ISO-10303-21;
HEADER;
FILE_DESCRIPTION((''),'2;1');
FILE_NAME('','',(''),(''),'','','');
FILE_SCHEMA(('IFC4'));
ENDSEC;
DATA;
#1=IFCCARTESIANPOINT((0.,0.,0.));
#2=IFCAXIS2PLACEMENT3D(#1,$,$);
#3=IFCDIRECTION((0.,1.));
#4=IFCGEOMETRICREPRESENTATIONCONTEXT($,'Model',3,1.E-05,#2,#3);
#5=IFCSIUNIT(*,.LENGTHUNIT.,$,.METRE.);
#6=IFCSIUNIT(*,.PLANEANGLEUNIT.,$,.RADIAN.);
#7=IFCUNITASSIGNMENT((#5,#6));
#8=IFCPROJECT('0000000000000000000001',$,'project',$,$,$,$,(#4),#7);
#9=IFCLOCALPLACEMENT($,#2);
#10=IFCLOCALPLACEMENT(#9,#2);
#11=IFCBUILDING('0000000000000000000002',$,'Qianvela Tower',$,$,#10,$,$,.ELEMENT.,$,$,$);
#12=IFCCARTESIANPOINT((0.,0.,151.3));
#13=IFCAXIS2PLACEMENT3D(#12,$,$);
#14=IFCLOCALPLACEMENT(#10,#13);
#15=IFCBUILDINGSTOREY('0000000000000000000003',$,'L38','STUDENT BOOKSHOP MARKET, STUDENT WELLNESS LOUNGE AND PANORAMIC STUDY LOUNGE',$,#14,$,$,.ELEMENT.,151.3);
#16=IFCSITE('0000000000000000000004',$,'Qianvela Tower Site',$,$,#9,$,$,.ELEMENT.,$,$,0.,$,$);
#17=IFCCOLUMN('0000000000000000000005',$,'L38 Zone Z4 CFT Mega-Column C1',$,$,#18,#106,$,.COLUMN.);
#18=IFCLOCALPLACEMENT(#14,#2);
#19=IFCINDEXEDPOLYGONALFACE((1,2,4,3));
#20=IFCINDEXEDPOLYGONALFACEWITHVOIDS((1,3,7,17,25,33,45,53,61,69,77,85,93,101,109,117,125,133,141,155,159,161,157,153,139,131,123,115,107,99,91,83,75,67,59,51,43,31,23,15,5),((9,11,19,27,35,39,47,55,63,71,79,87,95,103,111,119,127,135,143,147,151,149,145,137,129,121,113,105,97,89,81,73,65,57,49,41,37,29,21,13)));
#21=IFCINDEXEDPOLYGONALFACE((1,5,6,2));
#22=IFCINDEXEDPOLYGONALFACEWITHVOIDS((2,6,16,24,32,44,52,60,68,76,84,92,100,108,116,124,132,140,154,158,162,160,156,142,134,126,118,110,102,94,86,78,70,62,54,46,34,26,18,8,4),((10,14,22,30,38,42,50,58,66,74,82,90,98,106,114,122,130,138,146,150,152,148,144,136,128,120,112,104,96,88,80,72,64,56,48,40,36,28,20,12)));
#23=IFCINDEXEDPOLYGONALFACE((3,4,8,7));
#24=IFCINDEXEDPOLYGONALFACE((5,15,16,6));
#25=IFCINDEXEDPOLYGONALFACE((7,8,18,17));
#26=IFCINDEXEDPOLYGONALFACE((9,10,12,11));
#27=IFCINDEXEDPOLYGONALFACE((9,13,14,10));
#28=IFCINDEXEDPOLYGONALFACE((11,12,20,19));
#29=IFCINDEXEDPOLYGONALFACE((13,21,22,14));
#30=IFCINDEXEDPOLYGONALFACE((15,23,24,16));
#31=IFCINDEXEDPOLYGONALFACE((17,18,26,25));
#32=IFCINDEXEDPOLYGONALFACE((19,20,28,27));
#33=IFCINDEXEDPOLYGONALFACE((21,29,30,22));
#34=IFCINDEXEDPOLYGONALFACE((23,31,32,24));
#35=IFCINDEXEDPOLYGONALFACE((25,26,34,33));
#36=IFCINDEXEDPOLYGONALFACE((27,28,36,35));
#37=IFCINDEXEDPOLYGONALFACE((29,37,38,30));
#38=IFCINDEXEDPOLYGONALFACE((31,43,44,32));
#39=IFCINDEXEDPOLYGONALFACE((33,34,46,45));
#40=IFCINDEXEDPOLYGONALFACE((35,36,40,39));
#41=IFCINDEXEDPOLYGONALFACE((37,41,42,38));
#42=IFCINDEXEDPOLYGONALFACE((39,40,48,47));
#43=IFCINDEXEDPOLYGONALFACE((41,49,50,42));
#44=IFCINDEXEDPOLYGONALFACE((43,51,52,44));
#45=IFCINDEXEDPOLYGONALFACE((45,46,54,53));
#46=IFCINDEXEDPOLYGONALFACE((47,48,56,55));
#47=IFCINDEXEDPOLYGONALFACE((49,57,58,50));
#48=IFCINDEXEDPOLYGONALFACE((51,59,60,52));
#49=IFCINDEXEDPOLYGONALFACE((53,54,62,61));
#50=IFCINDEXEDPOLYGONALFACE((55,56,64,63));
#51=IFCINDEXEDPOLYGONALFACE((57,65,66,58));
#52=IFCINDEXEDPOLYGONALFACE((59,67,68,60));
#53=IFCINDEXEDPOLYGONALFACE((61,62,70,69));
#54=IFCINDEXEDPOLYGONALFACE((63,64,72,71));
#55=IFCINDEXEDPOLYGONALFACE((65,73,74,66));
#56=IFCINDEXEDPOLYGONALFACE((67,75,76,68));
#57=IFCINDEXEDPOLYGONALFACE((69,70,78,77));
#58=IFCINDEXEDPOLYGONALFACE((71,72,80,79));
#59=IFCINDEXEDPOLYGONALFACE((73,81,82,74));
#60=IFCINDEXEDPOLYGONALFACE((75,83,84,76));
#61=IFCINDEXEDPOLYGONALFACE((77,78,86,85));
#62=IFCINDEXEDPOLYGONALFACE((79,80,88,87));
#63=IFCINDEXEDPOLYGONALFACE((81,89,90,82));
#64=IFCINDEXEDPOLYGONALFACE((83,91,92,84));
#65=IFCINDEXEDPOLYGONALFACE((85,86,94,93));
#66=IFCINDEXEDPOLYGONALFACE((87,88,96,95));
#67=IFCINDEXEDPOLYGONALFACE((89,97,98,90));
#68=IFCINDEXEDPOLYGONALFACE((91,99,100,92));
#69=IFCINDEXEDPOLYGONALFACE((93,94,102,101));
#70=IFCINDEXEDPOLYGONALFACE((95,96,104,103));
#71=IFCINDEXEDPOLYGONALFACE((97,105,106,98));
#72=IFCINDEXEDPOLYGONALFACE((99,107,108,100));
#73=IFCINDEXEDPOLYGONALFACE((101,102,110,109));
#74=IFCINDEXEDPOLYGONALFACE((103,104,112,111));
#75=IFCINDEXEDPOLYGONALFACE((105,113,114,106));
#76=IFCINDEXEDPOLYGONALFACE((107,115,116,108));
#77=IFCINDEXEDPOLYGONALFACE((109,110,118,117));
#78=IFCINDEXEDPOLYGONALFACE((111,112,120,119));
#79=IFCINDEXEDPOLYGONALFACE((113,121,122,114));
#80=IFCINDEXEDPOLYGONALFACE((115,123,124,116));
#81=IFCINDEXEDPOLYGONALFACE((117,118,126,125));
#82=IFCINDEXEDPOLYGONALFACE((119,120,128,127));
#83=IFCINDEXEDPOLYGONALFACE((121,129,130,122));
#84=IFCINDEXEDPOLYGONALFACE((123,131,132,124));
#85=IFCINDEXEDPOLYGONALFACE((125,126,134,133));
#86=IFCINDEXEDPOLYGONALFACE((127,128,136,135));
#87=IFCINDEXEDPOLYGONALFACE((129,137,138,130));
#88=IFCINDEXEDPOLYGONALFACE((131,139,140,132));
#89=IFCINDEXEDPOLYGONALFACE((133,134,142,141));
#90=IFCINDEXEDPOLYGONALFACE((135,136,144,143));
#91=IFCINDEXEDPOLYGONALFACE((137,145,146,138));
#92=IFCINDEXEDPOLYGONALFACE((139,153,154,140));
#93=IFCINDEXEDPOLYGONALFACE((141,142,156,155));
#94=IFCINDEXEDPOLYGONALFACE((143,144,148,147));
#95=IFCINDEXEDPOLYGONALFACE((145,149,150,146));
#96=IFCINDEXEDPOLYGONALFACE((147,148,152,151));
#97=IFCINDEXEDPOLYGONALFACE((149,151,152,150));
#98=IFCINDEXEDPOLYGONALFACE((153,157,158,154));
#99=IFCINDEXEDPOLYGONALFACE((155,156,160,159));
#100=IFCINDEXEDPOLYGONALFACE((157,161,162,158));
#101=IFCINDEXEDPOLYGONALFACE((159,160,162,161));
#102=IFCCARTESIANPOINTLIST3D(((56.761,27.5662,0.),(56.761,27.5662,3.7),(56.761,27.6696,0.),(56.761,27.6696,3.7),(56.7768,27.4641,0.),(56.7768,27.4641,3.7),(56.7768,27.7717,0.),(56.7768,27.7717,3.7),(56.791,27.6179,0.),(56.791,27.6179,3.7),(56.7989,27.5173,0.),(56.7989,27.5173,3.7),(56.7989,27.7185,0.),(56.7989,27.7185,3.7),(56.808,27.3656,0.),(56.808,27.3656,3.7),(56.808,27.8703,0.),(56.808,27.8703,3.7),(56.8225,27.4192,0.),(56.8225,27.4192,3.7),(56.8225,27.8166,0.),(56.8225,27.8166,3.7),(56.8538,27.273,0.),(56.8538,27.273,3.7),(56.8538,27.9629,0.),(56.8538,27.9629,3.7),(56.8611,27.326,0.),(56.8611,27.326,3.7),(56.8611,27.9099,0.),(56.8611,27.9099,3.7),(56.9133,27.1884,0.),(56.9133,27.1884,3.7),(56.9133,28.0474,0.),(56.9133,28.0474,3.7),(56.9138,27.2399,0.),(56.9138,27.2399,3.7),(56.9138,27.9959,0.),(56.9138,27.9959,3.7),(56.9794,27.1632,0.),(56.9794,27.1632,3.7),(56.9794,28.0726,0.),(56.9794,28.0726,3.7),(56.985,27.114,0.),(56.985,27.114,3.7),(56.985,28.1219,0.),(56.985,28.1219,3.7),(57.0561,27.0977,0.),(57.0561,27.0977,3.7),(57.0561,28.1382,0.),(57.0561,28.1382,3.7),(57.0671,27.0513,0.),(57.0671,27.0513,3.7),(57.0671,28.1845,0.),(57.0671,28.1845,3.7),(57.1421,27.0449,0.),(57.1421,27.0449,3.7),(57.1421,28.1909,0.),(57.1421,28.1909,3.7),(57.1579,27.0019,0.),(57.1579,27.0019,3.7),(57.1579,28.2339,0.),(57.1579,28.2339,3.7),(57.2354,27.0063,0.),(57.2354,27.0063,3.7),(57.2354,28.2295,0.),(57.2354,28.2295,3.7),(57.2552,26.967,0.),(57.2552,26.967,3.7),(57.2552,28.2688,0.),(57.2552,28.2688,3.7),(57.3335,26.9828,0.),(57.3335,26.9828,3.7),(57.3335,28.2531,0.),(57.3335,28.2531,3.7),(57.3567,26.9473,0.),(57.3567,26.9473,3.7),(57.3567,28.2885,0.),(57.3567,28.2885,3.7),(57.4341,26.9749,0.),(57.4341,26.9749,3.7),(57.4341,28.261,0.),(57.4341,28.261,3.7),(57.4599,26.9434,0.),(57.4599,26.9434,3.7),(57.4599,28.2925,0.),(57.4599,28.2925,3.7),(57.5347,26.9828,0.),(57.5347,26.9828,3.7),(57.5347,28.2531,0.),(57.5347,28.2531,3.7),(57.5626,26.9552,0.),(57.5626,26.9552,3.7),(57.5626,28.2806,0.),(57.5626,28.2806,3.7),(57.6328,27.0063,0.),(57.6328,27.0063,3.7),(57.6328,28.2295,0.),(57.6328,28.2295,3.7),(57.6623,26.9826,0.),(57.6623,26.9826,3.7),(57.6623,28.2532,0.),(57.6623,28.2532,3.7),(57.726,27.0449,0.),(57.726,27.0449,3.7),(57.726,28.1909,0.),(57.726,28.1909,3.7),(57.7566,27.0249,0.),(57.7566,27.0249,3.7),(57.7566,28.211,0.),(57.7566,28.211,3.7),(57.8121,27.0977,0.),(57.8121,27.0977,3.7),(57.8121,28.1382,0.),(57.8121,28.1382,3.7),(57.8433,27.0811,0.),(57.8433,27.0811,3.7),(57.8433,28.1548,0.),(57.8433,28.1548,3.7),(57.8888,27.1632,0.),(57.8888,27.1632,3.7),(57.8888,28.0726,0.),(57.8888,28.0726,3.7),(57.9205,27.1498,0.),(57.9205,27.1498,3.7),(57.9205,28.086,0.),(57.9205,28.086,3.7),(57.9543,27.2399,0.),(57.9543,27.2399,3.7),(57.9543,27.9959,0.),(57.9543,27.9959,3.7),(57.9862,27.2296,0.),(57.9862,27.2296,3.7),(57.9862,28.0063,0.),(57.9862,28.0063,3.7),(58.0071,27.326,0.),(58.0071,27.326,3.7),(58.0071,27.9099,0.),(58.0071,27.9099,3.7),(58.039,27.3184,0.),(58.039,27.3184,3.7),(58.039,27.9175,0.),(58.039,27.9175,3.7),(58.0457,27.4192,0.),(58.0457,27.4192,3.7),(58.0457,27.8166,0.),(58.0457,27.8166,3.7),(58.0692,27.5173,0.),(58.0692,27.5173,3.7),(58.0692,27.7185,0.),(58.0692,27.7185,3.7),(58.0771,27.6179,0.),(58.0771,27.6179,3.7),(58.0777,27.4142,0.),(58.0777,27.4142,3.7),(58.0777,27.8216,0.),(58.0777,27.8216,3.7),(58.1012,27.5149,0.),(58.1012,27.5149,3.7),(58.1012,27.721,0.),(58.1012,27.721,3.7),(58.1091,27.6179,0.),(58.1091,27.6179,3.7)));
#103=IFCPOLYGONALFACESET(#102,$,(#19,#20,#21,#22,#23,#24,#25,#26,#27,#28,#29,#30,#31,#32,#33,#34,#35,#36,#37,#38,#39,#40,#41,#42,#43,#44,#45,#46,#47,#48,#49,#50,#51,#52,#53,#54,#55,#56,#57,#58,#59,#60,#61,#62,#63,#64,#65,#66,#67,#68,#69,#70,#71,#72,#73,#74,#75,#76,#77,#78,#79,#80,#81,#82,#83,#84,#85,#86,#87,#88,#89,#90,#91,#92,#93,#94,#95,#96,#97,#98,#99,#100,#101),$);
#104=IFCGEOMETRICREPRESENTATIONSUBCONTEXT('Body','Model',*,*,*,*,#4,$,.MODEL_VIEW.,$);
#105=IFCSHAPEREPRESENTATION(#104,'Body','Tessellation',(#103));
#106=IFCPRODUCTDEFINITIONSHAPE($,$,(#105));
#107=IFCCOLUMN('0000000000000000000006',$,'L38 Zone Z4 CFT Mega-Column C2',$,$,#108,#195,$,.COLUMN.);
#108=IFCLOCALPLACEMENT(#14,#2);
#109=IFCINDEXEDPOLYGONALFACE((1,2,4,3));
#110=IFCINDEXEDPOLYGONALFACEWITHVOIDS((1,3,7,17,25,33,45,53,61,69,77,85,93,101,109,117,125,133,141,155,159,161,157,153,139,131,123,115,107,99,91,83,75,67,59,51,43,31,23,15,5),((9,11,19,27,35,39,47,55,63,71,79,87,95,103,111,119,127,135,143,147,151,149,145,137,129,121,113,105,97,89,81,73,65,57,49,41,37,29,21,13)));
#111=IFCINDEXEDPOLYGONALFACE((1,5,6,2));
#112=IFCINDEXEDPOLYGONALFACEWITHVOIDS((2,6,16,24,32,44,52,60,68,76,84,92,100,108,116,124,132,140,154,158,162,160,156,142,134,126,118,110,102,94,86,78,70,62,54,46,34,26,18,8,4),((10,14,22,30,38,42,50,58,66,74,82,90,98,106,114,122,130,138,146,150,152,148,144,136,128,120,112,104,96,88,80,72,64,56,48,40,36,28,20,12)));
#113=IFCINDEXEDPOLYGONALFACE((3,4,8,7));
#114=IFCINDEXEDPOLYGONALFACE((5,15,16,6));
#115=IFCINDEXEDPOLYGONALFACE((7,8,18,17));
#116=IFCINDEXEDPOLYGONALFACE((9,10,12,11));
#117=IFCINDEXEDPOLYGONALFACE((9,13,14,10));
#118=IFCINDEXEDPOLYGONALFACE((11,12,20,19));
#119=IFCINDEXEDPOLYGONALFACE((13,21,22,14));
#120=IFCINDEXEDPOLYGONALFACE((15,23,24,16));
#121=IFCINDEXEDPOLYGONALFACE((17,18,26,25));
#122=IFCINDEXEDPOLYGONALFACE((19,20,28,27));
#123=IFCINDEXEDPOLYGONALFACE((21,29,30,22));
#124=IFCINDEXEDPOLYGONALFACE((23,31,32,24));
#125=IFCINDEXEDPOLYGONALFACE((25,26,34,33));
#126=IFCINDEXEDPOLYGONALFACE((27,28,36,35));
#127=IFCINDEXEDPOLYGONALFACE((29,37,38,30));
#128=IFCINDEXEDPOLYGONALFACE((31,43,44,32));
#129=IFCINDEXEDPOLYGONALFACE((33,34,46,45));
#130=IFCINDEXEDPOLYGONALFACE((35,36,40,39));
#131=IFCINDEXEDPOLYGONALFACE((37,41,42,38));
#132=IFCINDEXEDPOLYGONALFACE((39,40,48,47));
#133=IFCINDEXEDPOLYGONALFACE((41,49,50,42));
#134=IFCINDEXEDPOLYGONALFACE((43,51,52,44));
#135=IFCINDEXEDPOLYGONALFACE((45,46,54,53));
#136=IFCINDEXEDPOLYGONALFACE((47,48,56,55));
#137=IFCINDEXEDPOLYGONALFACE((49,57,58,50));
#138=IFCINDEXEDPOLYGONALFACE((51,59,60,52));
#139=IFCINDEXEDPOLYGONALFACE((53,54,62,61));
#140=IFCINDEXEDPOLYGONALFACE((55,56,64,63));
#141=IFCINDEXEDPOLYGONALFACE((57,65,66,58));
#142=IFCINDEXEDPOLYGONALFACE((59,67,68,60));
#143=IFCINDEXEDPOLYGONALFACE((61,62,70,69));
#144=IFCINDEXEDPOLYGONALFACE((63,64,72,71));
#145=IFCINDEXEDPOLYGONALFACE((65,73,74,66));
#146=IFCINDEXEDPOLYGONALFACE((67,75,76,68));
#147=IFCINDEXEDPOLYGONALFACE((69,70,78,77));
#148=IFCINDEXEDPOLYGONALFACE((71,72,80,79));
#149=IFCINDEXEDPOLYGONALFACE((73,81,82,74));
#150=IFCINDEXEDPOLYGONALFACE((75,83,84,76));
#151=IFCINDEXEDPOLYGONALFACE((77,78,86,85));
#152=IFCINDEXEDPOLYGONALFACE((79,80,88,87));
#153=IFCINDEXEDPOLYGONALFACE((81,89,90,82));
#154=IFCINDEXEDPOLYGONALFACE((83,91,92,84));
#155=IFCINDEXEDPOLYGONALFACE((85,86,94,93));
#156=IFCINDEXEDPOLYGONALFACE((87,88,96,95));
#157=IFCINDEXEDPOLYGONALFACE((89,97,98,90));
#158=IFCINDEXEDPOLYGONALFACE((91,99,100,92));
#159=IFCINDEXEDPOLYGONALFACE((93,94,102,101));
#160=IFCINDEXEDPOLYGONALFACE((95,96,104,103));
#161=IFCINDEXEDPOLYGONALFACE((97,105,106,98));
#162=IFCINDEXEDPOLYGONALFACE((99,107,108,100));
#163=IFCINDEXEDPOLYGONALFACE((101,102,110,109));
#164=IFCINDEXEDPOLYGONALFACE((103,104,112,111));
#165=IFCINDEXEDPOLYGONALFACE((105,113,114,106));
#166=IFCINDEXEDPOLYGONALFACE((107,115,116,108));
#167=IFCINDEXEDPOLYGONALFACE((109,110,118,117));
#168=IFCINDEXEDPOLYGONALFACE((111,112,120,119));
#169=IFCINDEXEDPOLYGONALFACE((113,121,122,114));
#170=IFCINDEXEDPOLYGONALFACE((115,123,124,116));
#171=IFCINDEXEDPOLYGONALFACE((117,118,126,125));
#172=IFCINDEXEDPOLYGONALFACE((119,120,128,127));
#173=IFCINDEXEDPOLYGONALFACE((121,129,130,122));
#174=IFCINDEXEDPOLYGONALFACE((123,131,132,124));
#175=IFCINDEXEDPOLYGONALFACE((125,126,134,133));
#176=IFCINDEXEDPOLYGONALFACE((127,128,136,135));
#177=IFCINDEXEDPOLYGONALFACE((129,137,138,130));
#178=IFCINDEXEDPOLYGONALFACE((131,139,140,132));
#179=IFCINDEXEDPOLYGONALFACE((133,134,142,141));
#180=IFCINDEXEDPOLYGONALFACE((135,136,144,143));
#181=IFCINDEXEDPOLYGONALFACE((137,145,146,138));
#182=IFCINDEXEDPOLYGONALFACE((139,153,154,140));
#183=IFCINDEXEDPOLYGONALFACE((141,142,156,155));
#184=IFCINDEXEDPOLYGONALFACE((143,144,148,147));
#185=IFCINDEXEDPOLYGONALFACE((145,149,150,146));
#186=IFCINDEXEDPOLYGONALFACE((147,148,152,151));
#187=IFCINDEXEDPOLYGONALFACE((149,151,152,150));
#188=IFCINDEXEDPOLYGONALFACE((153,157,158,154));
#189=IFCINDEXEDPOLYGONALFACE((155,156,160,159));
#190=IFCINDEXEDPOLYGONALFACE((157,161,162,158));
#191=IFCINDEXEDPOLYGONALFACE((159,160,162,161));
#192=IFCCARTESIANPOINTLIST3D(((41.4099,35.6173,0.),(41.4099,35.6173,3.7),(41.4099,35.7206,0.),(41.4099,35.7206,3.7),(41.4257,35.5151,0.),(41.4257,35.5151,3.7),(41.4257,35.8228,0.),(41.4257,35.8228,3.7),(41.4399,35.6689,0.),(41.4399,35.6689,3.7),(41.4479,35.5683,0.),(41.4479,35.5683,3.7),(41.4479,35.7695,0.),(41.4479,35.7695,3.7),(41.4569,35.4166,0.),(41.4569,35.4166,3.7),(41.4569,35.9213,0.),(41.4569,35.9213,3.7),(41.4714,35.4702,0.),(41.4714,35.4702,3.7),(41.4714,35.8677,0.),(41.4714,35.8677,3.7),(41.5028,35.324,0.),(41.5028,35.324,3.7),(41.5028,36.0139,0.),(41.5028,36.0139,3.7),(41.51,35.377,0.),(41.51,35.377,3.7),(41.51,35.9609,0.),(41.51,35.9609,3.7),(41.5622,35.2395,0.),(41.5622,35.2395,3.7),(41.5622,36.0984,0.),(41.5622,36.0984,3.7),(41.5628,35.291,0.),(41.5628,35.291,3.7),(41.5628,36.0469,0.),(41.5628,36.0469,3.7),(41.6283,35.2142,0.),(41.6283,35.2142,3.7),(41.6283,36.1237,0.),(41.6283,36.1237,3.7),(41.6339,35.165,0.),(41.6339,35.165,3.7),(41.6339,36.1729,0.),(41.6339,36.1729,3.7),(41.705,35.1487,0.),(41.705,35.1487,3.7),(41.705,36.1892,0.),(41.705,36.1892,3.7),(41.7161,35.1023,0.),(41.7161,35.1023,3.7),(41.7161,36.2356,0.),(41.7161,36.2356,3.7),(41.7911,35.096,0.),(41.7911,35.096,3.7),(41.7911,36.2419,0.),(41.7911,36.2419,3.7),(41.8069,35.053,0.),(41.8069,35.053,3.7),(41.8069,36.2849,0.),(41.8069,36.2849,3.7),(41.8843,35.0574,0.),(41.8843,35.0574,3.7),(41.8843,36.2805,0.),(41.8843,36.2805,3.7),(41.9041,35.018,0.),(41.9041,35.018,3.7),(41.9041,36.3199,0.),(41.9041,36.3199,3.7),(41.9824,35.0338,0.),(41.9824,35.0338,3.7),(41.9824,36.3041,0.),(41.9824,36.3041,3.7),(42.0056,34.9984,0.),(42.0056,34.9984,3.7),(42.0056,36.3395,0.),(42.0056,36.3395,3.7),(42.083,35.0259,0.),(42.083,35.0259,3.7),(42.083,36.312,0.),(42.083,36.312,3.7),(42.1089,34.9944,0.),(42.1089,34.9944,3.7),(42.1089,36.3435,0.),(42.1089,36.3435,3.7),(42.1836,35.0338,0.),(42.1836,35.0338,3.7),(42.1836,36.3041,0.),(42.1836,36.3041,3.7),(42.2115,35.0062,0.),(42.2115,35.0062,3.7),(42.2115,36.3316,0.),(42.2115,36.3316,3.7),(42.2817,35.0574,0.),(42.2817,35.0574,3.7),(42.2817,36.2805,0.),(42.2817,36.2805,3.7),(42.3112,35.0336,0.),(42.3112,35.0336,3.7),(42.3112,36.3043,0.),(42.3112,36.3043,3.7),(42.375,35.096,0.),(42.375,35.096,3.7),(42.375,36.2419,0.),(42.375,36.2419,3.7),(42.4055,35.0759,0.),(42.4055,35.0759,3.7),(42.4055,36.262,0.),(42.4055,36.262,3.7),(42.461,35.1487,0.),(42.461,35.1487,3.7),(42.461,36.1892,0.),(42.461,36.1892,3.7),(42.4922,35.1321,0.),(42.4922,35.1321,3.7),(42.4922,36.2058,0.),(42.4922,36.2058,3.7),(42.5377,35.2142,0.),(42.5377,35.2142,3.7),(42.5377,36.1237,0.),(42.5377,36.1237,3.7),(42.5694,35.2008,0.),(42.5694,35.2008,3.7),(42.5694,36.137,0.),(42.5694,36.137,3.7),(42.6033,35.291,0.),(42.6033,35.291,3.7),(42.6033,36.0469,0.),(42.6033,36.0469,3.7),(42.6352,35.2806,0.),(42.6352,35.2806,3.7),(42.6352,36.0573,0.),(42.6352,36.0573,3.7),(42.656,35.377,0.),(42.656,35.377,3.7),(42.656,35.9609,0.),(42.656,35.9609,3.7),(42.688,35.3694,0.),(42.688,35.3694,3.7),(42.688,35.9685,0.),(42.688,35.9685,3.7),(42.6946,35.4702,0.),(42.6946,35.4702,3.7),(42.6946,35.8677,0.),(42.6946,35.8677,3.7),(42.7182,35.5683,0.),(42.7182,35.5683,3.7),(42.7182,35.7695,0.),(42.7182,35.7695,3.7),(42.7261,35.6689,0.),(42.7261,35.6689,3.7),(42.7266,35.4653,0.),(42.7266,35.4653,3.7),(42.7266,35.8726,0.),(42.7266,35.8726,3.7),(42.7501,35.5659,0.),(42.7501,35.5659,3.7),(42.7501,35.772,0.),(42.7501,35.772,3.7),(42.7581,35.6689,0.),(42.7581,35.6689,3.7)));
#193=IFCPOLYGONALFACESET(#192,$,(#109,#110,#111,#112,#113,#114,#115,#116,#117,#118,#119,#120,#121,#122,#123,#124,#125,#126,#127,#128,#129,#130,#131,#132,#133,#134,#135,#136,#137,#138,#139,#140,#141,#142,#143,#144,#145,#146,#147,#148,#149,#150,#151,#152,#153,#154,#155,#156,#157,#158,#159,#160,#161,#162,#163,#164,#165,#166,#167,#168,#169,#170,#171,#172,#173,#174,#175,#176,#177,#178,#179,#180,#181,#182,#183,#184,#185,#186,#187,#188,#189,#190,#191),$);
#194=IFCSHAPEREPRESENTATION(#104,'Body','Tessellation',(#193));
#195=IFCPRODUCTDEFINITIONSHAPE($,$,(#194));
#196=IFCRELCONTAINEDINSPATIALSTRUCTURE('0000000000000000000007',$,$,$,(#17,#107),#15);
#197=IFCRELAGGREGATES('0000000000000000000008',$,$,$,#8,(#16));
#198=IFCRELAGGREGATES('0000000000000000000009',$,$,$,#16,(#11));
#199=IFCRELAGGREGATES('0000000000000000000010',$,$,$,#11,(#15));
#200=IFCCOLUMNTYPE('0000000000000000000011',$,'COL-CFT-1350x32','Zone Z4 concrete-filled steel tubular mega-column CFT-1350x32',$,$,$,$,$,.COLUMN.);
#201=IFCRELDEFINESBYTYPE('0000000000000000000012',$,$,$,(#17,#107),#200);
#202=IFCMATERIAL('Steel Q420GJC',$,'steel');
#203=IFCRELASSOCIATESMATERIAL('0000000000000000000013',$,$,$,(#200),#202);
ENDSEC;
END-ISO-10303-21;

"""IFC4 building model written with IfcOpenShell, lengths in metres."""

from ifc_helpers import new_model, si_unit, direction, frame, origin, origin_2d, place, context, subcontext, project, spatial, hollow_circle, extrude, material, material_profile, profile_set, type_object, element, save


model = new_model("IFC4")

# Units and contexts
model_context = context("Model", 3, precision=1e-05, world=origin(), true_north=direction((0.0, 1.0)))
body_context = subcontext(model_context, "Body", "Model", "MODEL_VIEW")
ifc_project = project(units=[si_unit("LENGTHUNIT", "METRE"), si_unit("PLANEANGLEUNIT", "RADIAN")], contexts=[model_context])

# Site, building, storey
site_placement = place(None, origin())
site = spatial("IfcSite", under=ifc_project, at=site_placement, Name="Qianvela Tower Site", CompositionType="ELEMENT", RefElevation=0.0)
building_placement = place(site_placement, origin())
building = spatial("IfcBuilding", under=site, at=building_placement, Name="Qianvela Tower", CompositionType="ELEMENT")
storey_placement = place(building_placement, frame((0.0, 0.0, 151.3)))
storey = spatial("IfcBuildingStorey", under=building, at=storey_placement, Name="L38", Description="STUDENT BOOKSHOP MARKET, STUDENT WELLNESS LOUNGE AND PANORAMIC STUDY LOUNGE", CompositionType="ELEMENT", Elevation=151.3)

# Columns
ifc_material_1 = material(Name="Steel Q420GJC", Category="steel")
ifc_material_profile_1 = material_profile(ifc_material_1, hollow_circle(Radius=0.675, WallThickness=0.032, at=origin_2d()), Name="CFT-1350x32")
ifc_profile_set_1 = profile_set([ifc_material_profile_1], Name="Steel Q420GJC")
column_type = type_object("IfcColumnType", Name="COL-CFT-1350x32", Description="Zone Z4 concrete-filled steel tubular mega-column CFT-1350x32", PredefinedType="COLUMN", material=ifc_profile_set_1)
for number, where, z_axis, x_axis, name in (
    (1, (57.4341, 27.6179, 0.0), (0.0, 0.0, 1.0), (1.0, 0.0, 0.0), "L38 Zone Z4 CFT Mega-Column C1"),
    (2, (42.083, 35.6689, 0.0), (0.0, 0.0, 1.0), (1.0, 0.0, 0.0), "L38 Zone Z4 CFT Mega-Column C2"),
):
    element("IfcColumn", number, at=place(storey_placement, frame(where, z_axis=z_axis, x_axis=x_axis)), inside=storey, type_object=column_type, Name=name, PredefinedType="COLUMN", context=body_context, shape_type="SweptSolid", body=[
        extrude(hollow_circle(Radius=0.675, WallThickness=0.032, at=origin_2d()), origin(), (0.0, 0.0, 1.0), 3.7),
    ])

save(model, "model.ifc")
